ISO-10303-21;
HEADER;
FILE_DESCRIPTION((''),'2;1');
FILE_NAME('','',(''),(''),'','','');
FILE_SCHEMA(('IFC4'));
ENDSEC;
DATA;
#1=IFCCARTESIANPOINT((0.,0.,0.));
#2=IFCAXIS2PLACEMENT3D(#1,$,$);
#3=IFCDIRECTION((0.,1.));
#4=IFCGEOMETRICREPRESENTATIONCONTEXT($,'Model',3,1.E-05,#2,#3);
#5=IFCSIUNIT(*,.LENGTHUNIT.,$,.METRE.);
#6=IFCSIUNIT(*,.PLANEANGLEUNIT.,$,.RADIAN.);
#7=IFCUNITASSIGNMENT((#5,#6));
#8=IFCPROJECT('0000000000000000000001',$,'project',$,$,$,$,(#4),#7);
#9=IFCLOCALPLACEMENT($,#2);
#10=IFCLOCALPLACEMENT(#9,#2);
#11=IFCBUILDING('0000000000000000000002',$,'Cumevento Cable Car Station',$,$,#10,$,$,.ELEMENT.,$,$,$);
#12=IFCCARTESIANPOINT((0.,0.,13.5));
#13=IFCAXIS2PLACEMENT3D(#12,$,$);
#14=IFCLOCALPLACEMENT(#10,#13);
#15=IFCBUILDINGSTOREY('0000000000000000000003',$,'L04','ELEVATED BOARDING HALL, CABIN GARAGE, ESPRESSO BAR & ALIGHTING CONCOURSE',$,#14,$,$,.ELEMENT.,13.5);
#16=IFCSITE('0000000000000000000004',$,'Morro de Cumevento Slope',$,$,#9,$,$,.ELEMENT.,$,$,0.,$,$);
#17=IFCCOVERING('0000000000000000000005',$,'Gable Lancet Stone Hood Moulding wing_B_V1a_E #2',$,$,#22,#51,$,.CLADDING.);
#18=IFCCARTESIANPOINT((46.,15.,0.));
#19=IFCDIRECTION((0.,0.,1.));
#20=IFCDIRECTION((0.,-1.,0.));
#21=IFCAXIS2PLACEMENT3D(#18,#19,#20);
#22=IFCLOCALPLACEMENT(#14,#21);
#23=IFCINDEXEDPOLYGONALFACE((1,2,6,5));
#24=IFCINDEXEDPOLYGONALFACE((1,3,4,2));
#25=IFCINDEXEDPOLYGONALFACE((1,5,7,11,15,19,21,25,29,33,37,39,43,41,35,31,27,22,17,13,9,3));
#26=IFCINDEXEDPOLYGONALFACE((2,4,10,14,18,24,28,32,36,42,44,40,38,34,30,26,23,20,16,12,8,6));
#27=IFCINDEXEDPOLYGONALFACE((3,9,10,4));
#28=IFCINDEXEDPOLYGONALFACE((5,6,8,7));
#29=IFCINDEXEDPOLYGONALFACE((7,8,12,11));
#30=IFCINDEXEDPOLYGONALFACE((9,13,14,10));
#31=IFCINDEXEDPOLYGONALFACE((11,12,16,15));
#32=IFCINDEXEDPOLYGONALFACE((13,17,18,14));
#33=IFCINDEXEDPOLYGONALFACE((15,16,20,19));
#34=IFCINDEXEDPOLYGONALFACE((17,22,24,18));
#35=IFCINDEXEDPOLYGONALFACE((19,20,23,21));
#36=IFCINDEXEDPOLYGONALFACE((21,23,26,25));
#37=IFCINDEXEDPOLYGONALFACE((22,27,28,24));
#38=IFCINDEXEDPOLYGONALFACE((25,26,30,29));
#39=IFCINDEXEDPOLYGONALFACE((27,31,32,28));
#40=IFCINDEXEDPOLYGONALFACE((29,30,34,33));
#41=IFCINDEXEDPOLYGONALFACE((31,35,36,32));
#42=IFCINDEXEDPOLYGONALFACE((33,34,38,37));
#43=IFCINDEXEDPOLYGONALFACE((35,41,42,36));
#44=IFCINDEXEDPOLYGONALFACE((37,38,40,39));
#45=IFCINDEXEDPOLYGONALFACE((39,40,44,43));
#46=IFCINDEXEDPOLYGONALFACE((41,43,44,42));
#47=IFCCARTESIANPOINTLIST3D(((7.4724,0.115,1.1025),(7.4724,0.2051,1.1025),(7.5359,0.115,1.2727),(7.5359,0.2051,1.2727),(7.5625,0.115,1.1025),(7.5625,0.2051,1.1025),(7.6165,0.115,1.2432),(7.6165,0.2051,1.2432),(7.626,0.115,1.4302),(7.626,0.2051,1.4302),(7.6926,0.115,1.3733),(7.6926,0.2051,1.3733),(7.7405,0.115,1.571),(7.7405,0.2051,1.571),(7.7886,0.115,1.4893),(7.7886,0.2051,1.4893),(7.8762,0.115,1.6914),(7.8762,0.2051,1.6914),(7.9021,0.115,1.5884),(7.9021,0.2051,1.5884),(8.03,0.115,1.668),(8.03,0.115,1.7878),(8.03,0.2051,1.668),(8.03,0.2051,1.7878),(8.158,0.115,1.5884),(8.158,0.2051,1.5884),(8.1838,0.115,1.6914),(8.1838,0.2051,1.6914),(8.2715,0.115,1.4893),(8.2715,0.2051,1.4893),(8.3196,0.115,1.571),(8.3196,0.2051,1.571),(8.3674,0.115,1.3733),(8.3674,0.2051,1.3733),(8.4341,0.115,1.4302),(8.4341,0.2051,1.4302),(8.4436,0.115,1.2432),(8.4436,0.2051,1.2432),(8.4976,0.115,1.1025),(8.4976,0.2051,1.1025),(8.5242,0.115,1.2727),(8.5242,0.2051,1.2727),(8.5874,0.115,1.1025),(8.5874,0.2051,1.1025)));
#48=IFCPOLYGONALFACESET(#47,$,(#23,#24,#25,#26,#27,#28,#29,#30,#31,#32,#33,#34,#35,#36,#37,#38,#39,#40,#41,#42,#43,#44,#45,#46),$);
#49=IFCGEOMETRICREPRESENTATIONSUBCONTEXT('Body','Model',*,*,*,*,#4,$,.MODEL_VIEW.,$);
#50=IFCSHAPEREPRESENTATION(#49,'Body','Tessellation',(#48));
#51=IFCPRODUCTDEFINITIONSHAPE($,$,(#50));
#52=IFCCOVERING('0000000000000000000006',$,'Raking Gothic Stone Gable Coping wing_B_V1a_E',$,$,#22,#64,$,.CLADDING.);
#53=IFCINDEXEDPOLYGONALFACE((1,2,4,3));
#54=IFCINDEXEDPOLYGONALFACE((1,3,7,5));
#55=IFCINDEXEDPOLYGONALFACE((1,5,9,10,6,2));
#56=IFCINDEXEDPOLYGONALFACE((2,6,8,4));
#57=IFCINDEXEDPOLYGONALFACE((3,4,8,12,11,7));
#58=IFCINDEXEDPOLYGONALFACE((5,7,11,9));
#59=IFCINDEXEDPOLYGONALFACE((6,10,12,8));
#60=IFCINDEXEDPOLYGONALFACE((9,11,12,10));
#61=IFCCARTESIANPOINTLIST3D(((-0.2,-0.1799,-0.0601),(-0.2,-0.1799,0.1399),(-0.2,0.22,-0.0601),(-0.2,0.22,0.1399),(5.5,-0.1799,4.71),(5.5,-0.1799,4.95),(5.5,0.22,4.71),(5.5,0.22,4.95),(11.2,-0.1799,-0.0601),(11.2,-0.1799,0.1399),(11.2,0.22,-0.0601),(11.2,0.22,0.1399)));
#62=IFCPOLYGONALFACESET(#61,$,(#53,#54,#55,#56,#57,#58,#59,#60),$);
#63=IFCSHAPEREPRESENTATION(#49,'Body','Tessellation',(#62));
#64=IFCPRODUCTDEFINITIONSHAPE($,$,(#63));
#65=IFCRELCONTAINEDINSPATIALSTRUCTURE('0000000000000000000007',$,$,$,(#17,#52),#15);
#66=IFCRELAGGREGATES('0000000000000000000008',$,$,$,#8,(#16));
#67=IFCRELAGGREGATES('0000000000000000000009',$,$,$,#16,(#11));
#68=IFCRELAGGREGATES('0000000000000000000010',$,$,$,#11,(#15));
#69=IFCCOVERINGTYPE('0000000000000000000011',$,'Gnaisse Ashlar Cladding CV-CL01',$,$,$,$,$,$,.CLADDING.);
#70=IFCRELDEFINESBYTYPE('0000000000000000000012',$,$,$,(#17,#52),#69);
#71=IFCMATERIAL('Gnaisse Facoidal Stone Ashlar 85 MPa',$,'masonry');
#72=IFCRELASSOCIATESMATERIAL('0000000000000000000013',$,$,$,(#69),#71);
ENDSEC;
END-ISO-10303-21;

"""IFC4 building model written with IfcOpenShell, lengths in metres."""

from ifc_helpers import new_model, si_unit, direction, frame, origin, place, context, subcontext, project, spatial, polyline, outline, extrude, material, type_object, element, save


model = new_model("IFC4")

# Units and contexts
model_context = context("Model", 3, precision=1e-05, world=origin(), true_north=direction((0.0, 1.0)))
body_context = subcontext(model_context, "Body", "Model", "MODEL_VIEW")
ifc_project = project(units=[si_unit("LENGTHUNIT", "METRE"), si_unit("PLANEANGLEUNIT", "RADIAN")], contexts=[model_context])

# Site, building, storey
site_placement = place(None, origin())
site = spatial("IfcSite", under=ifc_project, at=site_placement, Name="Morro de Cumevento Slope", CompositionType="ELEMENT", RefElevation=0.0)
building_placement = place(site_placement, origin())
building = spatial("IfcBuilding", under=site, at=building_placement, Name="Cumevento Cable Car Station", CompositionType="ELEMENT")
storey_placement = place(building_placement, frame((0.0, 0.0, 13.5)))
storey = spatial("IfcBuildingStorey", under=building, at=storey_placement, Name="L04", Description="ELEVATED BOARDING HALL, CABIN GARAGE, ESPRESSO BAR & ALIGHTING CONCOURSE", CompositionType="ELEMENT", Elevation=13.5)

# Coverings
ifc_material_1 = material(Name="Gnaisse Facoidal Stone Ashlar 85 MPa", Category="masonry")
covering_type = type_object("IfcCoveringType", Name="Gnaisse Ashlar Cladding CV-CL01", PredefinedType="CLADDING", material=ifc_material_1)
placement = place(storey_placement, frame((46.0, 15.0, 0.0), z_axis=(0.0, 0.0, 1.0), x_axis=(0.0, -1.0, 0.0)))
element("IfcCovering", 1, at=placement, inside=storey, type_object=covering_type, Name="Gable Lancet Stone Hood Moulding wing_B_V1a_E #2", PredefinedType="CLADDING", context=body_context, shape_type="SweptSolid", body=[
    extrude(outline(polyline([(7.5625, 1.1025), (7.6165, 1.2432), (7.6926, 1.3733), (7.7886, 1.4893), (7.9021, 1.5884), (8.03, 1.668), (8.158, 1.5884), (8.2715, 1.4893), (8.3674, 1.3733), (8.4436, 1.2432), (8.4976, 1.1025), (8.5874, 1.1025), (8.5242, 1.2727), (8.4341, 1.4302), (8.3196, 1.571), (8.1838, 1.6914), (8.03, 1.7878), (7.8762, 1.6914), (7.7405, 1.571), (7.626, 1.4302), (7.5359, 1.2727), (7.4724, 1.1025), (7.5625, 1.1025)])), frame((0.0, 0.2051, 0.0), z_axis=(0.0, -1.0, 0.0), x_axis=(1.0, 0.0, 0.0)), (0.0, 0.0, 1.0), 0.0901),
])
element("IfcCovering", 2, at=placement, inside=storey, type_object=covering_type, Name="Raking Gothic Stone Gable Coping wing_B_V1a_E", PredefinedType="CLADDING", context=body_context, shape_type="SweptSolid", body=[
    extrude(outline(polyline([(-0.2, -0.0601), (5.5, 4.71), (11.2, -0.0601), (11.2, 0.1399), (5.5, 4.95), (-0.2, 0.1399), (-0.2, -0.0601)])), frame((0.0, 0.22, 0.0), z_axis=(0.0, -1.0, 0.0), x_axis=(1.0, 0.0, 0.0)), (0.0, 0.0, 1.0), 0.3999),
])

save(model, "model.ifc")
